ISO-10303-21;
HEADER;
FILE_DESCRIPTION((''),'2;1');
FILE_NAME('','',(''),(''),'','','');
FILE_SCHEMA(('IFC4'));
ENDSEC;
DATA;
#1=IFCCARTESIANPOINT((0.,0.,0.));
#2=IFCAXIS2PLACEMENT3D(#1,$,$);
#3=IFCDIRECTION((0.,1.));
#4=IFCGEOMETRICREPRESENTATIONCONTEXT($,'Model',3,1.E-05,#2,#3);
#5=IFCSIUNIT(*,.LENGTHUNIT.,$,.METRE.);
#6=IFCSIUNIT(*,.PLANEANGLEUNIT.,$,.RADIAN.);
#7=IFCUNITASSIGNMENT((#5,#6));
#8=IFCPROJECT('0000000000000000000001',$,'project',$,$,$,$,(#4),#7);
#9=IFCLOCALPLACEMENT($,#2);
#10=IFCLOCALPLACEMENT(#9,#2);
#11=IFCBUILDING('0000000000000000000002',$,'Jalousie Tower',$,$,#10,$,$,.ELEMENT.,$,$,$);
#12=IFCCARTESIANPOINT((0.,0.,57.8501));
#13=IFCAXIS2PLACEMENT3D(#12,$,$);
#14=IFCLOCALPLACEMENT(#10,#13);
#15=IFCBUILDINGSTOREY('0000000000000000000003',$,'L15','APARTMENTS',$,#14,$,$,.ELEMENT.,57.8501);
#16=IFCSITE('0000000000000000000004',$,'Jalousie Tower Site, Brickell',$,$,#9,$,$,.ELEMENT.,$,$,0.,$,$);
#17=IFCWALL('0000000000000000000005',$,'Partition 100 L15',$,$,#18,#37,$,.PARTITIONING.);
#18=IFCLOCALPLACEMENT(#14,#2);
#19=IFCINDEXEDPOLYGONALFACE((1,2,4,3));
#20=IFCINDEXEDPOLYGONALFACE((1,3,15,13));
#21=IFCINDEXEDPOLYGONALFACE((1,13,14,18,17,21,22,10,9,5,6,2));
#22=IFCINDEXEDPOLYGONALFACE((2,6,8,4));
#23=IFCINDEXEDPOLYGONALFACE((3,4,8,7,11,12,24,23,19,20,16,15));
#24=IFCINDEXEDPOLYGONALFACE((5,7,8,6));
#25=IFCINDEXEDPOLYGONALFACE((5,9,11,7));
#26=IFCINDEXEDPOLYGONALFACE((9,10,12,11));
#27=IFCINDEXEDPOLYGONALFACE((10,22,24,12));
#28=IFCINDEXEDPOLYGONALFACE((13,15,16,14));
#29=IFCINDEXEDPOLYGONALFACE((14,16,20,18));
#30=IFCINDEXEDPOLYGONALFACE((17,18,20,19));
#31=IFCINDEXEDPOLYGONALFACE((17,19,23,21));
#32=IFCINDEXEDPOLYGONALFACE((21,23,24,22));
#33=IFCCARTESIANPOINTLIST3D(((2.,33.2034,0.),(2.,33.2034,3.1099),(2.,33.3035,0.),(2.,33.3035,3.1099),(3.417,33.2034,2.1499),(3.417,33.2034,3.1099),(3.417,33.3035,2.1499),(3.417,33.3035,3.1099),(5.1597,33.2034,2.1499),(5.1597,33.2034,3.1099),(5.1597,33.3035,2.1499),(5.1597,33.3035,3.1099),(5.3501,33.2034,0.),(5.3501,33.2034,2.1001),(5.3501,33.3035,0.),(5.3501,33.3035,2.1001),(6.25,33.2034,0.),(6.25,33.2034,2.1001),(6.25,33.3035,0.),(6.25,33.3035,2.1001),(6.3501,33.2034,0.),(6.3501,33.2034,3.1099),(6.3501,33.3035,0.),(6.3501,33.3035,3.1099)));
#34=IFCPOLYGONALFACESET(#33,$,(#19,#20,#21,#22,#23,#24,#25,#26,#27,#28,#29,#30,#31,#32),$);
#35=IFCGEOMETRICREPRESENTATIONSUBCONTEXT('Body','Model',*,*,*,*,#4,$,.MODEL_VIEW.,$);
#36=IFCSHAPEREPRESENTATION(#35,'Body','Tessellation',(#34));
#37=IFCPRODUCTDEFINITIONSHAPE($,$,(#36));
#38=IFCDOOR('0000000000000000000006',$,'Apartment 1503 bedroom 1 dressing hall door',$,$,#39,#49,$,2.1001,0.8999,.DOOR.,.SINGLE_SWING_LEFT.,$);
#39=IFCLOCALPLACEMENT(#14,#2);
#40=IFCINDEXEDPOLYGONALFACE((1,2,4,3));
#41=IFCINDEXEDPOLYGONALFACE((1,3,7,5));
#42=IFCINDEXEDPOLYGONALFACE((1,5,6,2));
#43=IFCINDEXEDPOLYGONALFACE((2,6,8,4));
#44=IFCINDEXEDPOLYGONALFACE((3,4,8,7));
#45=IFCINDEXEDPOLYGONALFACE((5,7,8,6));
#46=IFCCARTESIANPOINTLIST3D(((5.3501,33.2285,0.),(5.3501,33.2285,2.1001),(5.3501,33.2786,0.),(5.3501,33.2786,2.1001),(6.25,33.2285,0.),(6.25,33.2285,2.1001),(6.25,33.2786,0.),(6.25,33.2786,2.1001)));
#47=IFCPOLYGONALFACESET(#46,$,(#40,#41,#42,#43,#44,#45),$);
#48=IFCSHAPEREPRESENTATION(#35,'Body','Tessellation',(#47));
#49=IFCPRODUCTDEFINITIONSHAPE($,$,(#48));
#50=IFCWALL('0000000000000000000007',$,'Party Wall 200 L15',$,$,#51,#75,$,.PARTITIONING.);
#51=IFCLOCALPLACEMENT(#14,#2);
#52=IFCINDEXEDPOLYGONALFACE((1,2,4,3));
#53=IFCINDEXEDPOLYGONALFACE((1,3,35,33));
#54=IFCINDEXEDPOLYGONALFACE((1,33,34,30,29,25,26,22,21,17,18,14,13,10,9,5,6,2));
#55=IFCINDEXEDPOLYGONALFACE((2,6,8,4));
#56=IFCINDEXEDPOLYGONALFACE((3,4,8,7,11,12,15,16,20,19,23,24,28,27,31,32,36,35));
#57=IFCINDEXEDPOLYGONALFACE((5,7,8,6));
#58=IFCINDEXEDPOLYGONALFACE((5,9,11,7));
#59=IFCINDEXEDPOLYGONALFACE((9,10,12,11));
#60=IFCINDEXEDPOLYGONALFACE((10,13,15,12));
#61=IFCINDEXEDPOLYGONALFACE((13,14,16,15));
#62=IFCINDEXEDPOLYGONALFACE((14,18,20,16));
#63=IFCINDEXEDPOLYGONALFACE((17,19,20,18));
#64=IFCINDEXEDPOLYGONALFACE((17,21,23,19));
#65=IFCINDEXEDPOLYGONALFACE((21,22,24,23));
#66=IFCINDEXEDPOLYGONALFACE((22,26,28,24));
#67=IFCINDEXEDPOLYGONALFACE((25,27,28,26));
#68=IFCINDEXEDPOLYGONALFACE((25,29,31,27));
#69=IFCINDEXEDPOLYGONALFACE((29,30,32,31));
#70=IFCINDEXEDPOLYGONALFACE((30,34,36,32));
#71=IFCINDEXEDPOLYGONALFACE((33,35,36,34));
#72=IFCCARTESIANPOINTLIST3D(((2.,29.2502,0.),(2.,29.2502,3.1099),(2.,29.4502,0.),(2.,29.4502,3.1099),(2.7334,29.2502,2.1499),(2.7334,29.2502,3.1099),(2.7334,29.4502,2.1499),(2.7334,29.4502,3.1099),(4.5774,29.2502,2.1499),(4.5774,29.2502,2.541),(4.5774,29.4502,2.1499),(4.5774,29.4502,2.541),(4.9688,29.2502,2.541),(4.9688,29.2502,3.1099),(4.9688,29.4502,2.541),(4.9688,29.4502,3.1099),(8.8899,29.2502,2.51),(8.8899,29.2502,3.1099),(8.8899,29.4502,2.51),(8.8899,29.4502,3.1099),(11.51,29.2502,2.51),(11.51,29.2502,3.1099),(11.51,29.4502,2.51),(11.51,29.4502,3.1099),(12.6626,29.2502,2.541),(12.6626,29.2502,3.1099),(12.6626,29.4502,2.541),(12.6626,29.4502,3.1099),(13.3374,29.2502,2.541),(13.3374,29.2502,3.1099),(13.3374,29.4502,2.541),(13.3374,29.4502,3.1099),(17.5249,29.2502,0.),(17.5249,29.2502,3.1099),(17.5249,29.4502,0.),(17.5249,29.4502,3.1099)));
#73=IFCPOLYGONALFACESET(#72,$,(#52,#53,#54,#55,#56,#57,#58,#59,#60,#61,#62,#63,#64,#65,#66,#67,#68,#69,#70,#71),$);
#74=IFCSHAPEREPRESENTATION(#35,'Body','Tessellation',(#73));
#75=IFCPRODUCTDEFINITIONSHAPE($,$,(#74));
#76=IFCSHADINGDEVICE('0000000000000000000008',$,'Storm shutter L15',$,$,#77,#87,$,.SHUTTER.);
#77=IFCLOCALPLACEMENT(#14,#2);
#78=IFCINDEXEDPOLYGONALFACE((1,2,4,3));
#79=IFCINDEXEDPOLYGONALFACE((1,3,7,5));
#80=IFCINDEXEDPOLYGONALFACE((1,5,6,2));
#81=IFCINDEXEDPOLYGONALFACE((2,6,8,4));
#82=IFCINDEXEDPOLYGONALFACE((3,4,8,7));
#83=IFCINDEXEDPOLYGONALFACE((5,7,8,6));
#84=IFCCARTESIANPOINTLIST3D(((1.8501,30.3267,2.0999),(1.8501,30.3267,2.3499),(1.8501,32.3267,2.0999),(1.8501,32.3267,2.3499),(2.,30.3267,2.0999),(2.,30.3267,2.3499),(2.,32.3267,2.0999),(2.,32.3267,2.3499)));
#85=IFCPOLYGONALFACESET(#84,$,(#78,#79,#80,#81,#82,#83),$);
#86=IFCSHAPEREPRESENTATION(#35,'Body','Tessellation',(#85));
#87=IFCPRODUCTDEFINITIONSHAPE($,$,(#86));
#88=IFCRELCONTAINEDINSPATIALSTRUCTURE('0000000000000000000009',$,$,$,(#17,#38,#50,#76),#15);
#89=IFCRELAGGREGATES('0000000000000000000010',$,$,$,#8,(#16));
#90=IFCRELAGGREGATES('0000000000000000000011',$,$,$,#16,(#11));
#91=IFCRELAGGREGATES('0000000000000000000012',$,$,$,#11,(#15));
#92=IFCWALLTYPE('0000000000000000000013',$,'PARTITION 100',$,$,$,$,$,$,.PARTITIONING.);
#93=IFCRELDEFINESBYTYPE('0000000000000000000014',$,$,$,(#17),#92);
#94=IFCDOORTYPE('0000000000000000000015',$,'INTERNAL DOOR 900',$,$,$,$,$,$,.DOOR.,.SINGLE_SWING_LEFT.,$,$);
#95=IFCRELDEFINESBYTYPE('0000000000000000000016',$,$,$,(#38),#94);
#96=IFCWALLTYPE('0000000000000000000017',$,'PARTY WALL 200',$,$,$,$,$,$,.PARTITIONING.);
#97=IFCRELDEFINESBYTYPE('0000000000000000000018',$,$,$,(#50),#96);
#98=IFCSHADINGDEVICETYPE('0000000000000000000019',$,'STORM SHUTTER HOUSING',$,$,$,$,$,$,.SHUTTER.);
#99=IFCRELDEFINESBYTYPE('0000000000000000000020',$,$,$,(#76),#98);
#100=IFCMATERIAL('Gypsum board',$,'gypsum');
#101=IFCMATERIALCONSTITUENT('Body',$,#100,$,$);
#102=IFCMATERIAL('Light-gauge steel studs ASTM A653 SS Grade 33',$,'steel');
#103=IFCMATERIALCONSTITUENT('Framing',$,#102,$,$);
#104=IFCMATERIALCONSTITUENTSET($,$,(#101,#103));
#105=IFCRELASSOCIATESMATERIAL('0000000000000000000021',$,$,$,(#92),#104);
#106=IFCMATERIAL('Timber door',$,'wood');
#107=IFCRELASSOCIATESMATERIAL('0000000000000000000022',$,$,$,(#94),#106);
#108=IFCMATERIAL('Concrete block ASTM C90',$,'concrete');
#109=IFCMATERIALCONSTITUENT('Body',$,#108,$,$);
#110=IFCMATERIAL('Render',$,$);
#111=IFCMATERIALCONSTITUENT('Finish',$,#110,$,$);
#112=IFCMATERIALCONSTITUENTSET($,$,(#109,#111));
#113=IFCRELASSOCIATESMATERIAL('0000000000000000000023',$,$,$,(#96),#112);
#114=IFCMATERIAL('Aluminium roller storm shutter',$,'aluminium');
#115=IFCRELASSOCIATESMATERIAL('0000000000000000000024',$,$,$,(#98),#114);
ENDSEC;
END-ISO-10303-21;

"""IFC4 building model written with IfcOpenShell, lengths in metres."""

from ifc_helpers import new_model, si_unit, direction, frame, frame_2d, origin, origin_2d, place, context, subcontext, project, spatial, polyline, rectangle, outline, extrude, material, constituent, constituent_set, type_object, element, fill, save


model = new_model("IFC4")

# Units and contexts
model_context = context("Model", 3, precision=1e-05, world=origin(), true_north=direction((0.0, 1.0)))
body_context = subcontext(model_context, "Body", "Model", "MODEL_VIEW")
ifc_project = project(units=[si_unit("LENGTHUNIT", "METRE"), si_unit("PLANEANGLEUNIT", "RADIAN")], contexts=[model_context])

# Site, building, storey
site_placement = place(None, origin())
site = spatial("IfcSite", under=ifc_project, at=site_placement, Name="Jalousie Tower Site, Brickell", CompositionType="ELEMENT", RefElevation=0.0)
building_placement = place(site_placement, origin())
building = spatial("IfcBuilding", under=site, at=building_placement, Name="Jalousie Tower", CompositionType="ELEMENT")
storey_placement = place(building_placement, frame((0.0, 0.0, 57.8501)))
storey = spatial("IfcBuildingStorey", under=building, at=storey_placement, Name="L15", Description="APARTMENTS", CompositionType="ELEMENT", Elevation=57.8501)

# Shared definitions
ifc_material_1 = material(Name="Gypsum board", Category="gypsum")
ifc_constituent_1 = constituent(ifc_material_1, Name="Body")
ifc_material_2 = material(Name="Light-gauge steel studs ASTM A653 SS Grade 33", Category="steel")
ifc_constituent_2 = constituent(ifc_material_2, Name="Framing")
ifc_constituent_set_1 = constituent_set(constituents=[ifc_constituent_1, ifc_constituent_2])
wall_type_1 = type_object("IfcWallType", Name="PARTITION 100", PredefinedType="PARTITIONING", material=ifc_constituent_set_1)

# Wall, opening, door
wall_1_placement = place(storey_placement, frame((2.0, 33.2534, 0.0), z_axis=(0.0, 0.0, 1.0), x_axis=(1.0, 0.0, 0.0)))
wall_1 = element("IfcWall", 1, at=wall_1_placement, inside=storey, type_object=wall_type_1, Name="Partition 100 L15", PredefinedType="PARTITIONING", context=body_context, shape_type="SweptSolid", body=[
    extrude(outline(polyline([(0.0, 0.0), (4.3501, 0.0), (4.3501, 3.1099), (3.1597, 3.1099), (3.1597, 2.1499), (1.417, 2.1499), (1.417, 3.1099), (0.0, 3.1099), (0.0, 0.0)])), frame((0.0, 0.05, 0.0), z_axis=(0.0, -1.0, 0.0), x_axis=(1.0, 0.0, 0.0)), (0.0, 0.0, 1.0), 0.1001),
])
opening_1_placement = place(wall_1_placement, frame((3.3501, 0.0, 0.0)))
opening_1 = element("IfcOpeningElement", 2, at=opening_1_placement, cuts=wall_1, PredefinedType="OPENING", context=body_context, shape_type="SweptSolid", body=[
    extrude(rectangle(XDim=0.8999, YDim=2.1001, at=frame_2d((0.45, 1.05))), frame((0.0, 0.0601, 0.0), z_axis=(0.0, -1.0, 0.0), x_axis=(1.0, 0.0, 0.0)), (0.0, 0.0, 1.0), 0.1201),
])
ifc_material_3 = material(Name="Timber door", Category="wood")
door_type_1 = type_object("IfcDoorType", Name="INTERNAL DOOR 900", OperationType="SINGLE_SWING_LEFT", PredefinedType="DOOR", material=ifc_material_3)
door_1_placement = place(opening_1_placement, frame((0.8999, 0.0, 0.0), z_axis=(0.0, 0.0, 1.0), x_axis=(-1.0, 0.0, 0.0)))
door_1 = element("IfcDoor", 3, at=door_1_placement, inside=storey, type_object=door_type_1, Name="Apartment 1503 bedroom 1 dressing hall door", OperationType="SINGLE_SWING_LEFT", OverallHeight=2.1001, OverallWidth=0.8999, PredefinedType="DOOR", context=body_context, shape_type="SweptSolid", body=[
    extrude(rectangle(XDim=0.8999, YDim=2.1001, at=frame_2d((0.45, 1.05))), frame((0.0, 0.0249, 0.0), z_axis=(0.0, -1.0, 0.0), x_axis=(1.0, 0.0, 0.0)), (0.0, 0.0, 1.0), 0.05),
])
fill(opening_1, door_1)

# Wall
ifc_material_4 = material(Name="Concrete block ASTM C90", Category="concrete")
ifc_constituent_3 = constituent(ifc_material_4, Name="Body")
ifc_material_5 = material(Name="Render")
ifc_constituent_4 = constituent(ifc_material_5, Name="Finish")
ifc_constituent_set_2 = constituent_set(constituents=[ifc_constituent_3, ifc_constituent_4])
wall_type_2 = type_object("IfcWallType", Name="PARTY WALL 200", PredefinedType="PARTITIONING", material=ifc_constituent_set_2)
wall_2_placement = place(storey_placement, frame((2.0, 29.3501, 0.0), z_axis=(0.0, 0.0, 1.0), x_axis=(1.0, 0.0, 0.0)))
element("IfcWall", 4, at=wall_2_placement, inside=storey, type_object=wall_type_2, Name="Party Wall 200 L15", PredefinedType="PARTITIONING", context=body_context, shape_type="SweptSolid", body=[
    extrude(outline(polyline([(0.0, 0.0), (15.5249, 0.0), (15.5249, 3.1099), (11.3374, 3.1099), (11.3374, 2.541), (10.6626, 2.541), (10.6626, 3.1099), (9.51, 3.1099), (9.51, 2.51), (6.8899, 2.51), (6.8899, 3.1099), (2.9688, 3.1099), (2.9688, 2.541), (2.5774, 2.541), (2.5774, 2.1499), (0.7334, 2.1499), (0.7334, 3.1099), (0.0, 3.1099), (0.0, 0.0)])), frame((0.0, 0.1001, 0.0), z_axis=(0.0, -1.0, 0.0), x_axis=(1.0, 0.0, 0.0)), (0.0, 0.0, 1.0), 0.2),
])

# Shading device
ifc_material_6 = material(Name="Aluminium roller storm shutter", Category="aluminium")
shading_device_type = type_object("IfcShadingDeviceType", Name="STORM SHUTTER HOUSING", PredefinedType="SHUTTER", material=ifc_material_6)
shading_device_placement = place(storey_placement, frame((1.925, 31.3267, 2.0999), z_axis=(0.0, 0.0, 1.0), x_axis=(0.0, -1.0, 0.0)))
element("IfcShadingDevice", 5, at=shading_device_placement, inside=storey, type_object=shading_device_type, Name="Storm shutter L15", PredefinedType="SHUTTER", context=body_context, shape_type="SweptSolid", body=[
    extrude(rectangle(XDim=2.0, YDim=0.1499, at=origin_2d()), origin(), (0.0, 0.0, 1.0), 0.25),
])

save(model, "model.ifc")
